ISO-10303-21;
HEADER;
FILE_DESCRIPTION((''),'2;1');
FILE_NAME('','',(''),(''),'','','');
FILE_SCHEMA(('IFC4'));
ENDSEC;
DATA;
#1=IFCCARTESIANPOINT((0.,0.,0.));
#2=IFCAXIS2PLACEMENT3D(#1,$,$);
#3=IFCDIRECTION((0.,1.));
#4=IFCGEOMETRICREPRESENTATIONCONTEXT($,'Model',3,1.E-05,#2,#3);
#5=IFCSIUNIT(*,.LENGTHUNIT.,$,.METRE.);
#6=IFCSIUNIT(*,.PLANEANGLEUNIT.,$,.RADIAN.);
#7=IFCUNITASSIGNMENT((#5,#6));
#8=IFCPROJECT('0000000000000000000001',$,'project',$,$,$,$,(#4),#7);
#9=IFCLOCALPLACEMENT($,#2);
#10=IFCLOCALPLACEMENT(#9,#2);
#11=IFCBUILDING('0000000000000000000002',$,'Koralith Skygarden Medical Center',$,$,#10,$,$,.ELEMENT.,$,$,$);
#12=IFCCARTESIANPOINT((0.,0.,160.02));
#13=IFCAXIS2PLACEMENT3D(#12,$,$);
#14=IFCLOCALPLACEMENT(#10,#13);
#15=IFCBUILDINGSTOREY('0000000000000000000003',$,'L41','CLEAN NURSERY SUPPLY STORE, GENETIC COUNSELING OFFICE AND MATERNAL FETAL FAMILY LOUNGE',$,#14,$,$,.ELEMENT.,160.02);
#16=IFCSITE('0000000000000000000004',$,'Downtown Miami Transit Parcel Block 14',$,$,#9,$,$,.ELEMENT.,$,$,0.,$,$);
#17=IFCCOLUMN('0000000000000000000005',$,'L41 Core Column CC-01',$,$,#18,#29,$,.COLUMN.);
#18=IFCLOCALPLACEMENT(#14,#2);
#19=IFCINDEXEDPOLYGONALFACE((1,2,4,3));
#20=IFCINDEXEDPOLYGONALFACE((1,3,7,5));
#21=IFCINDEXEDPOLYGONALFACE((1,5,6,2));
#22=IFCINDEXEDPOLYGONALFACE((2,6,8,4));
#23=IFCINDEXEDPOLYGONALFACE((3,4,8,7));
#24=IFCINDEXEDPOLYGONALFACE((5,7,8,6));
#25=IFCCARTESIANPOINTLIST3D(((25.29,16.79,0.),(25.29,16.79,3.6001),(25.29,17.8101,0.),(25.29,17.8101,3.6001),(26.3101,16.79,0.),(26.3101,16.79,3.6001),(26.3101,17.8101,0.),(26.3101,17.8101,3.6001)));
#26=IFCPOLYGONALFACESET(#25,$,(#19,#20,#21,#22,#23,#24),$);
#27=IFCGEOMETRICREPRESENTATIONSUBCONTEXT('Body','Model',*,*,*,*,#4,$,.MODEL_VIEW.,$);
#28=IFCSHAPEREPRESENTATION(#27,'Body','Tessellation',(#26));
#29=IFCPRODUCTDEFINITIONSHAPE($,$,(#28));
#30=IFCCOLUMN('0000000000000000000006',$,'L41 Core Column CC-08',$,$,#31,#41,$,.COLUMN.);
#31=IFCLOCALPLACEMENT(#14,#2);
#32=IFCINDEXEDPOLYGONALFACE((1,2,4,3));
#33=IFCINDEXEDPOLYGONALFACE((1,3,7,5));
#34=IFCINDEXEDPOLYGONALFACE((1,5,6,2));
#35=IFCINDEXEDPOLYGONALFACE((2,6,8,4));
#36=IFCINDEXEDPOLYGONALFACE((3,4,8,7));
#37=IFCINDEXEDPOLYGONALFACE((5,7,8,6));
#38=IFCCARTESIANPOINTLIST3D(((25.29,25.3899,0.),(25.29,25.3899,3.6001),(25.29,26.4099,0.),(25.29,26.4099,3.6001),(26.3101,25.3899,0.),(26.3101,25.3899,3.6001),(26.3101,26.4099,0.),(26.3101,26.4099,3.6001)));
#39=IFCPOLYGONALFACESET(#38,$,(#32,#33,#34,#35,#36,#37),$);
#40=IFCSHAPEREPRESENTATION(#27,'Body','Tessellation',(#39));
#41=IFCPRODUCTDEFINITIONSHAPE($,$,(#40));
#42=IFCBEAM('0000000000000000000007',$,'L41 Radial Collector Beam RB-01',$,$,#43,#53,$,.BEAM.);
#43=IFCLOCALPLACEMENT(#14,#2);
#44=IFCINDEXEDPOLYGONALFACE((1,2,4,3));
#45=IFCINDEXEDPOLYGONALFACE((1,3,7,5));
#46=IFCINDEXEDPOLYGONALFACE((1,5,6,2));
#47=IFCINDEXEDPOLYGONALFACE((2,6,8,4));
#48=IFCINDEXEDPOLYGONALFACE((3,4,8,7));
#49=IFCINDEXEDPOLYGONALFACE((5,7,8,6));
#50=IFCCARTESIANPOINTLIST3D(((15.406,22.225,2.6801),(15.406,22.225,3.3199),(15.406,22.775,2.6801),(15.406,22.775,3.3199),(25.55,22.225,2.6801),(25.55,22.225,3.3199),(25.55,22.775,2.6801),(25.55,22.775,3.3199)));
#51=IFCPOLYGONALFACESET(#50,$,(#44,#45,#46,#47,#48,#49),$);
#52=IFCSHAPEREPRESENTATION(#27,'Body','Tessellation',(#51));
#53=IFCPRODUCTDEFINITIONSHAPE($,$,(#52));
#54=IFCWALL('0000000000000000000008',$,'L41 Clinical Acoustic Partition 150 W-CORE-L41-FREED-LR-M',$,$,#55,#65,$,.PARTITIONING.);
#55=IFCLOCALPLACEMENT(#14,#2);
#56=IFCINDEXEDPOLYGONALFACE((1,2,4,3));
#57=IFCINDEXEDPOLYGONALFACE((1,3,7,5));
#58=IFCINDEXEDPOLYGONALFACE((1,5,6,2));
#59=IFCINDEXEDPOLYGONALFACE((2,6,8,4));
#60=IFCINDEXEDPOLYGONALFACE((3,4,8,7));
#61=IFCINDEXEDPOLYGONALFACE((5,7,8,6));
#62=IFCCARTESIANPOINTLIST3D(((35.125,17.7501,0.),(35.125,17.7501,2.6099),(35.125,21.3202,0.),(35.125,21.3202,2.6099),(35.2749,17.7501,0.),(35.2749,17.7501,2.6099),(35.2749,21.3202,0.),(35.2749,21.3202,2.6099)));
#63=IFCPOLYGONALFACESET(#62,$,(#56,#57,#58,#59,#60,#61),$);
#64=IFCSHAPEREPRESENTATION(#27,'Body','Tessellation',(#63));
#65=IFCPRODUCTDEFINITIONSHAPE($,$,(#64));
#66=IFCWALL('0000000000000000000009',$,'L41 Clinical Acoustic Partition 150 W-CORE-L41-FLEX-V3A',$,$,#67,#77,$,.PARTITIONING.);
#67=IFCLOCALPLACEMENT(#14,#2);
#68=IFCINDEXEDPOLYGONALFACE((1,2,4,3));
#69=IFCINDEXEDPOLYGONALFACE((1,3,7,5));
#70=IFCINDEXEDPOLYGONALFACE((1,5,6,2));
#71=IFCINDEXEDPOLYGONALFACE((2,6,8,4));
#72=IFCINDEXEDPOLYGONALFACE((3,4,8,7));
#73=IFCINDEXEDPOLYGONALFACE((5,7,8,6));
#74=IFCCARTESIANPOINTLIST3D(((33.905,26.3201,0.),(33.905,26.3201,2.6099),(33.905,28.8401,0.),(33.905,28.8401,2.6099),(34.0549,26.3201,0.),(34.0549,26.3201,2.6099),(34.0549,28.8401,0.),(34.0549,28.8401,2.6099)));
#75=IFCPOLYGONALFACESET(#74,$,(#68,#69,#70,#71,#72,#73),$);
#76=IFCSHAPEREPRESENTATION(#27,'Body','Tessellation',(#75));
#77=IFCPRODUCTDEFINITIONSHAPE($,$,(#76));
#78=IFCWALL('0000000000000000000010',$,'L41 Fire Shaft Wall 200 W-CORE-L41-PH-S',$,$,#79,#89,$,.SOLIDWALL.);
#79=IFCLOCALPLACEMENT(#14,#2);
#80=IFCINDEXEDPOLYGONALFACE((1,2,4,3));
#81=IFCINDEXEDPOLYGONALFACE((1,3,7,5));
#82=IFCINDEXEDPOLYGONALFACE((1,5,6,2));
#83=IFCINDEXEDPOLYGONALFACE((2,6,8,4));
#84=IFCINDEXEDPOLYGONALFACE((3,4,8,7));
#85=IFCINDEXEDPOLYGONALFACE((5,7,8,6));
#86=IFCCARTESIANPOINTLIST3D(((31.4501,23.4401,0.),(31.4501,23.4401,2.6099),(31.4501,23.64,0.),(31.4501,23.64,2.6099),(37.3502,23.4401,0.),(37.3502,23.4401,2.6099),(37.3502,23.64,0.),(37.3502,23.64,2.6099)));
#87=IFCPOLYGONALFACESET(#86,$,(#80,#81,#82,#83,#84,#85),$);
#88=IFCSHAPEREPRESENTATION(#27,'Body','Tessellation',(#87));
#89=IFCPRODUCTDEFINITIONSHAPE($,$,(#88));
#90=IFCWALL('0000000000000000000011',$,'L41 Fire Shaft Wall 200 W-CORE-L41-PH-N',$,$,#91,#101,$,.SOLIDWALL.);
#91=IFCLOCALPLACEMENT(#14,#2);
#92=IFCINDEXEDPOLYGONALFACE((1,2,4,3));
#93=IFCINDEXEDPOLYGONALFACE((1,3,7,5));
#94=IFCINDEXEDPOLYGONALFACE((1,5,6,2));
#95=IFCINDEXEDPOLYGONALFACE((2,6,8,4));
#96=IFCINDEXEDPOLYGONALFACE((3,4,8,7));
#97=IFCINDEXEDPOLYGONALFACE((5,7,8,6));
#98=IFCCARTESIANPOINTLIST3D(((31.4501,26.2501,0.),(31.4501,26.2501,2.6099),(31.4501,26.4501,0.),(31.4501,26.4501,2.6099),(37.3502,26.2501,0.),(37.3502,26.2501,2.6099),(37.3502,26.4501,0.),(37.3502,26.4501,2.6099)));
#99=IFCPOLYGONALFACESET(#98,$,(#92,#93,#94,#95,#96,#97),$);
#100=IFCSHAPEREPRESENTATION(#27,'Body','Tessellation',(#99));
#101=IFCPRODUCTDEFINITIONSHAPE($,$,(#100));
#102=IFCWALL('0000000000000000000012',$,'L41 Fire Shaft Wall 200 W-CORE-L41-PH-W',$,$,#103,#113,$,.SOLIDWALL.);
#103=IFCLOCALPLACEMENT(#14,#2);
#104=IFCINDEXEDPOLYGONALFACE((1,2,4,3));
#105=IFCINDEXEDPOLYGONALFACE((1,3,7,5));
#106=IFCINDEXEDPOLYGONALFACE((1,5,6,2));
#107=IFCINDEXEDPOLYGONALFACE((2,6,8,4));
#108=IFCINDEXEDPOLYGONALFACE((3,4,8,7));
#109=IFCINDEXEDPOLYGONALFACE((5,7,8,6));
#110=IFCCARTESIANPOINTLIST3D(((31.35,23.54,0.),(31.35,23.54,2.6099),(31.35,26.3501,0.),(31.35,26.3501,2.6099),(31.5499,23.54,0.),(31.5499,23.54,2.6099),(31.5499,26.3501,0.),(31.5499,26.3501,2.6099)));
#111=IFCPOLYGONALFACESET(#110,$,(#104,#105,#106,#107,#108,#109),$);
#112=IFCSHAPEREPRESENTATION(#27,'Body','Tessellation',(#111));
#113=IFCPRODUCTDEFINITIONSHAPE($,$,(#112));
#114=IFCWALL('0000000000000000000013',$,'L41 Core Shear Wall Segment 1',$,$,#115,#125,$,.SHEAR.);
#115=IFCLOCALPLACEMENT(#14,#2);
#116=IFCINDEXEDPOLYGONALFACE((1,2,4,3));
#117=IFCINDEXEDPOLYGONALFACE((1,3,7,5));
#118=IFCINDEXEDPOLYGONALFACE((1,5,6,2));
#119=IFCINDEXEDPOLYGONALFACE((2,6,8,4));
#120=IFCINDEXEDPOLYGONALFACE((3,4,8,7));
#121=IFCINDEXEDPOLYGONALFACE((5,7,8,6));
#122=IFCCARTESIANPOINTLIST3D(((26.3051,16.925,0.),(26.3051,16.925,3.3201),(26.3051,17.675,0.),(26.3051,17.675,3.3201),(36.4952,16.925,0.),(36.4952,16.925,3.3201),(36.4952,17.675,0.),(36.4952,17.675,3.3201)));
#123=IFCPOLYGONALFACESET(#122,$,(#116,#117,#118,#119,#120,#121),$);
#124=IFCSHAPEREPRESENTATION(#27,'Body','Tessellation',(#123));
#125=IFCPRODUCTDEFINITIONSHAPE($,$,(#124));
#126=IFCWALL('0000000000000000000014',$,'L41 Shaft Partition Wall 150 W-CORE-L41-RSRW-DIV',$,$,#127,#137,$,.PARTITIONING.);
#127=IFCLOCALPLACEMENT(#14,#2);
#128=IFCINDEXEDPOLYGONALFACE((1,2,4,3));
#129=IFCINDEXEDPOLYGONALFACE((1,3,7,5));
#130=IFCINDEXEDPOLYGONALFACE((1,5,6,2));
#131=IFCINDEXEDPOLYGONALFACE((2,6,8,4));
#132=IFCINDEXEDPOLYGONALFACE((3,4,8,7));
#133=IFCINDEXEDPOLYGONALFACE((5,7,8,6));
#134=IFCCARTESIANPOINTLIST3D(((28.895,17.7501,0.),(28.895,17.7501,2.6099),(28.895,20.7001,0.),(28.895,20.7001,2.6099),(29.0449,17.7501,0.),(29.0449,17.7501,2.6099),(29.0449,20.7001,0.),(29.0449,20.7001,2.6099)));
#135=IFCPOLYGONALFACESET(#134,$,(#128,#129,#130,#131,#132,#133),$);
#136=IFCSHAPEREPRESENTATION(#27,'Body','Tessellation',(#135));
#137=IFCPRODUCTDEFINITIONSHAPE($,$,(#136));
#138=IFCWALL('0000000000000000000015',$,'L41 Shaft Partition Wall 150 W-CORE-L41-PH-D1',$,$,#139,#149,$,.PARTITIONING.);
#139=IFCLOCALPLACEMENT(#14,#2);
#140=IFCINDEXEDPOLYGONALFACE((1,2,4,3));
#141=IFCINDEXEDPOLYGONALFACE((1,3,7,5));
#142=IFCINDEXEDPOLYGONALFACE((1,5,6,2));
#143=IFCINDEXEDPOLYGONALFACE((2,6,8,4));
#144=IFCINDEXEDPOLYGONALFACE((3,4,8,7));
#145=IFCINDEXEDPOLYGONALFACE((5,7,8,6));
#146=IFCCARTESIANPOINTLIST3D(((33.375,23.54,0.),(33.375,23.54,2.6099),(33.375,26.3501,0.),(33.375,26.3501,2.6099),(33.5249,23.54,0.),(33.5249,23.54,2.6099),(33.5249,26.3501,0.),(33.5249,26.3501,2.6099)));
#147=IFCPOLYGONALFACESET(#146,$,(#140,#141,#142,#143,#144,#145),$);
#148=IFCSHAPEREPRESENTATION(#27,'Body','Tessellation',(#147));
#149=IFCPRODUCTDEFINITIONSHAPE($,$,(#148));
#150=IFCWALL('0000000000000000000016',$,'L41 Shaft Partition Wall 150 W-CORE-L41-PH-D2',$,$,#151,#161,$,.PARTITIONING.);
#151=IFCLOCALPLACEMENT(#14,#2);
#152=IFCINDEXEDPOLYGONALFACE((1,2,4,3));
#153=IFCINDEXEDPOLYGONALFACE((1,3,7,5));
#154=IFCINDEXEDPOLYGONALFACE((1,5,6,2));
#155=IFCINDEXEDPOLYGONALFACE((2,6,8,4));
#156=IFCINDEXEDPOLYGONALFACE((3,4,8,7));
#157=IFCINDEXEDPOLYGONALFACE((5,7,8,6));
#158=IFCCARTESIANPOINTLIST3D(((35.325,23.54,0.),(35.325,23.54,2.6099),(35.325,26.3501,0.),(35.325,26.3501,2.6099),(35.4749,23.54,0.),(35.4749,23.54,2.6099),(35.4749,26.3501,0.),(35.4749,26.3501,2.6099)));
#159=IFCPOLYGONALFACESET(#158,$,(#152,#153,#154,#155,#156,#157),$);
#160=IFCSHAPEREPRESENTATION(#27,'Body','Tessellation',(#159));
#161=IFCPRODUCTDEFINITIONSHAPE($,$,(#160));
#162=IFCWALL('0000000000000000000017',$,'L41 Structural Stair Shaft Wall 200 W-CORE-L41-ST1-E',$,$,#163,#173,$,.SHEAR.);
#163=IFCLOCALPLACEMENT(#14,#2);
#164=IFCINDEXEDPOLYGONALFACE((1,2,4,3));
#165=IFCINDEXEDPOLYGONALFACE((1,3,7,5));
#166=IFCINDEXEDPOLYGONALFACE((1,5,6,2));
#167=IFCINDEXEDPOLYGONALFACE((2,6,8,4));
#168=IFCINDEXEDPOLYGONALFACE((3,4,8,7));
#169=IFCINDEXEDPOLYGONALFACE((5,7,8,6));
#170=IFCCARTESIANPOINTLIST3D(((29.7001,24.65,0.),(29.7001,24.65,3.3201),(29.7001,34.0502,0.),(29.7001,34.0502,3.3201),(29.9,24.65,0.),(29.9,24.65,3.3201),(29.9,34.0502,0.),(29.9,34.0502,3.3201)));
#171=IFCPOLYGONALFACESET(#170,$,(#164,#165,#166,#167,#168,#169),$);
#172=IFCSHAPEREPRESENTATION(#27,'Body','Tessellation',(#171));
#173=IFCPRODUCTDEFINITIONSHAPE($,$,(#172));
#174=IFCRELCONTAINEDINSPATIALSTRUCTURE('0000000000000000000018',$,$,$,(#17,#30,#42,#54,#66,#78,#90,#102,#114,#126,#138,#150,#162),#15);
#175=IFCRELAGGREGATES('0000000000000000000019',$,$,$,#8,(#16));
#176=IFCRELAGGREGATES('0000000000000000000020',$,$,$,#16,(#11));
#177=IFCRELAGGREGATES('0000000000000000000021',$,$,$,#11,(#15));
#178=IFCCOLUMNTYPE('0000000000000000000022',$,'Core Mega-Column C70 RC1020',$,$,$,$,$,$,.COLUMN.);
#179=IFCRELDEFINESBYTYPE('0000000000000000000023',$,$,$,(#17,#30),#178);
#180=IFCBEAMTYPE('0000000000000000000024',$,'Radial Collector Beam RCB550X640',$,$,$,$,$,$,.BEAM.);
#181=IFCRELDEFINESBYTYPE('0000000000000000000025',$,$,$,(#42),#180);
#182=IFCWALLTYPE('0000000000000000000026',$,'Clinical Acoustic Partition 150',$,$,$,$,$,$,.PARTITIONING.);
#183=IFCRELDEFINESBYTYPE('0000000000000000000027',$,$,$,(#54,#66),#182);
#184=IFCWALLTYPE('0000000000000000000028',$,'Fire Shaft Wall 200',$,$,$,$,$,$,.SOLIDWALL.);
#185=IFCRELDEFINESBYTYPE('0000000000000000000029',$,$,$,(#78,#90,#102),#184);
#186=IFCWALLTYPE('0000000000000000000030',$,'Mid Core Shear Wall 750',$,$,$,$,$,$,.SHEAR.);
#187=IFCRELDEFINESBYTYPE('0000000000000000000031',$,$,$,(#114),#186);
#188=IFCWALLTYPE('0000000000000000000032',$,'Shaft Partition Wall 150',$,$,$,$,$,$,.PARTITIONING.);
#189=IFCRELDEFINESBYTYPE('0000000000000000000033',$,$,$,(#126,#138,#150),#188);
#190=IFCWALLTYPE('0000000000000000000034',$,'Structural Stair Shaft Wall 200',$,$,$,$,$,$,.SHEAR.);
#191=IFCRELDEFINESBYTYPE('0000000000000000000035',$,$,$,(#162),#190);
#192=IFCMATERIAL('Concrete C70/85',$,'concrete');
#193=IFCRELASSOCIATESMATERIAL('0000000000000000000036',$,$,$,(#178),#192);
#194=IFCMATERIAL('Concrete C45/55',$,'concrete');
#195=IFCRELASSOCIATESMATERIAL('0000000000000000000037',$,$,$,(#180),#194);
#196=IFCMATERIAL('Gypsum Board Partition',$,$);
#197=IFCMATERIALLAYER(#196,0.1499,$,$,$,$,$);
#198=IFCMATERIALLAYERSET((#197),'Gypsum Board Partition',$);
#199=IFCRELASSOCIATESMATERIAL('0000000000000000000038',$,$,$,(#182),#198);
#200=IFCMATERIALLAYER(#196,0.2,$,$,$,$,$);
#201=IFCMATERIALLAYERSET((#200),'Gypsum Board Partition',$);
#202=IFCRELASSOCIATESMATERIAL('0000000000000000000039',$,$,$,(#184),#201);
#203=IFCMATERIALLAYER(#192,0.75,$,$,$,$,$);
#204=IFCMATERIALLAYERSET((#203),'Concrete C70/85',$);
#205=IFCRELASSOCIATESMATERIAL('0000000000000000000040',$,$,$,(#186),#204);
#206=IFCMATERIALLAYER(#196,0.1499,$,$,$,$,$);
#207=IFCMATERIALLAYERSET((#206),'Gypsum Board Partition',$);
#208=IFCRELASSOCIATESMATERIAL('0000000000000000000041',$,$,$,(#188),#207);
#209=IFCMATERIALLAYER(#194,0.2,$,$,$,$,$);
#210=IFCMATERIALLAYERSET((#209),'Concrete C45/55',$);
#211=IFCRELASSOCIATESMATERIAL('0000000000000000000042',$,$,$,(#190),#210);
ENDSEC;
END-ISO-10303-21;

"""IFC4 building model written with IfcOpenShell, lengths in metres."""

from ifc_helpers import new_model, si_unit, direction, frame, frame_2d, origin, origin_2d, place, context, subcontext, project, spatial, rectangle, extrude, material, layer, layer_set, material_profile, profile_set, type_object, element, save


model = new_model("IFC4")

# Units and contexts
model_context = context("Model", 3, precision=1e-05, world=origin(), true_north=direction((0.0, 1.0)))
body_context = subcontext(model_context, "Body", "Model", "MODEL_VIEW")
ifc_project = project(units=[si_unit("LENGTHUNIT", "METRE"), si_unit("PLANEANGLEUNIT", "RADIAN")], contexts=[model_context])

# Site, building, storey
site_placement = place(None, origin())
site = spatial("IfcSite", under=ifc_project, at=site_placement, Name="Downtown Miami Transit Parcel Block 14", CompositionType="ELEMENT", RefElevation=0.0)
building_placement = place(site_placement, origin())
building = spatial("IfcBuilding", under=site, at=building_placement, Name="Koralith Skygarden Medical Center", CompositionType="ELEMENT")
storey_placement = place(building_placement, frame((0.0, 0.0, 160.02)))
storey = spatial("IfcBuildingStorey", under=building, at=storey_placement, Name="L41", Description="CLEAN NURSERY SUPPLY STORE, GENETIC COUNSELING OFFICE AND MATERNAL FETAL FAMILY LOUNGE", CompositionType="ELEMENT", Elevation=160.02)

# Columns
ifc_material_1 = material(Name="Concrete C70/85", Category="concrete")
ifc_material_profile_1 = material_profile(ifc_material_1, rectangle(XDim=1.02, YDim=1.02, at=origin_2d()), Name="RC1020X1020")
ifc_profile_set_1 = profile_set([ifc_material_profile_1], Name="Concrete C70/85")
column_type = type_object("IfcColumnType", Name="Core Mega-Column C70 RC1020", PredefinedType="COLUMN", material=ifc_profile_set_1)
for number, where, z_axis, x_axis, name in (
    (1, (25.8, 17.3, 0.0), (0.0, 0.0, 1.0), (1.0, 0.0, 0.0), "L41 Core Column CC-01"),
    (2, (25.8, 25.8999, 0.0), (0.0, 0.0, 1.0), (1.0, 0.0, 0.0), "L41 Core Column CC-08"),
):
    element("IfcColumn", number, at=place(storey_placement, frame(where, z_axis=z_axis, x_axis=x_axis)), inside=storey, type_object=column_type, Name=name, PredefinedType="COLUMN", context=body_context, shape_type="SweptSolid", body=[
        extrude(rectangle(XDim=1.02, YDim=1.02, at=origin_2d()), origin(), (0.0, 0.0, 1.0), 3.6001),
    ])

# Beam
ifc_material_2 = material(Name="Concrete C45/55", Category="concrete")
ifc_material_profile_2 = material_profile(ifc_material_2, rectangle(XDim=0.55, YDim=0.6399, at=origin_2d()), Name="RCB550X640")
ifc_profile_set_2 = profile_set([ifc_material_profile_2], Name="Concrete C45/55")
beam_type = type_object("IfcBeamType", Name="Radial Collector Beam RCB550X640", PredefinedType="BEAM", material=ifc_profile_set_2)
beam_placement = place(storey_placement, frame((25.55, 22.5, 3.0), z_axis=(-1.0, 0.0, 0.0), x_axis=(0.0, -1.0, 0.0)))
element("IfcBeam", 3, at=beam_placement, inside=storey, type_object=beam_type, Name="L41 Radial Collector Beam RB-01", PredefinedType="BEAM", context=body_context, shape_type="SweptSolid", body=[
    extrude(rectangle(XDim=0.55, YDim=0.6399, at=origin_2d()), origin(), (0.0, 0.0, 1.0), 10.144),
])

# Shared definitions
ifc_material_3 = material(Name="Gypsum Board Partition")
ifc_layer_1 = layer(ifc_material_3, 0.1499)
ifc_layer_set_1 = layer_set([ifc_layer_1], Name="Gypsum Board Partition")
wall_type_1 = type_object("IfcWallType", Name="Clinical Acoustic Partition 150", PredefinedType="PARTITIONING", material=ifc_layer_set_1)

# Walls
wall_1_placement = place(storey_placement, frame((35.2, 17.75, 0.0), z_axis=(0.0, 0.0, 1.0), x_axis=(0.0, 1.0, 0.0)))
element("IfcWall", 4, at=wall_1_placement, inside=storey, type_object=wall_type_1, Name="L41 Clinical Acoustic Partition 150 W-CORE-L41-FREED-LR-M", PredefinedType="PARTITIONING", context=body_context, shape_type="SweptSolid", body=[
    extrude(rectangle(XDim=3.5701, YDim=0.1499, at=frame_2d((1.7852, 0.0))), origin(), (0.0, 0.0, 1.0), 2.6099),
])
wall_2_placement = place(storey_placement, frame((33.98, 26.3201, 0.0), z_axis=(0.0, 0.0, 1.0), x_axis=(0.0, 1.0, 0.0)))
element("IfcWall", 5, at=wall_2_placement, inside=storey, type_object=wall_type_1, Name="L41 Clinical Acoustic Partition 150 W-CORE-L41-FLEX-V3A", PredefinedType="PARTITIONING", context=body_context, shape_type="SweptSolid", body=[
    extrude(rectangle(XDim=2.52, YDim=0.1499, at=frame_2d((1.26, 0.0))), origin(), (0.0, 0.0, 1.0), 2.6099),
])

# Shared definitions
ifc_layer_2 = layer(ifc_material_3, 0.2)
ifc_layer_set_2 = layer_set([ifc_layer_2], Name="Gypsum Board Partition")
wall_type_2 = type_object("IfcWallType", Name="Fire Shaft Wall 200", PredefinedType="SOLIDWALL", material=ifc_layer_set_2)

# Walls
for number, where, z_axis, x_axis, name in (
    (6, (31.45, 23.54, 0.0), (0.0, 0.0, 1.0), (1.0, 0.0, 0.0), "L41 Fire Shaft Wall 200 W-CORE-L41-PH-S"),
    (7, (31.45, 26.3501, 0.0), (0.0, 0.0, 1.0), (1.0, 0.0, 0.0), "L41 Fire Shaft Wall 200 W-CORE-L41-PH-N"),
):
    element("IfcWall", number, at=place(storey_placement, frame(where, z_axis=z_axis, x_axis=x_axis)), inside=storey, type_object=wall_type_2, Name=name, PredefinedType="SOLIDWALL", context=body_context, shape_type="SweptSolid", body=[
        extrude(rectangle(XDim=5.9001, YDim=0.2, at=frame_2d((2.9502, 0.0))), origin(), (0.0, 0.0, 1.0), 2.6099),
    ])
wall_3_placement = place(storey_placement, frame((31.45, 23.54, 0.0), z_axis=(0.0, 0.0, 1.0), x_axis=(0.0, 1.0, 0.0)))
element("IfcWall", 8, at=wall_3_placement, inside=storey, type_object=wall_type_2, Name="L41 Fire Shaft Wall 200 W-CORE-L41-PH-W", PredefinedType="SOLIDWALL", context=body_context, shape_type="SweptSolid", body=[
    extrude(rectangle(XDim=2.8101, YDim=0.2, at=frame_2d((1.405, 0.0))), origin(), (0.0, 0.0, 1.0), 2.6099),
])
ifc_layer_3 = layer(ifc_material_1, 0.75)
ifc_layer_set_3 = layer_set([ifc_layer_3], Name="Concrete C70/85")
wall_type_3 = type_object("IfcWallType", Name="Mid Core Shear Wall 750", PredefinedType="SHEAR", material=ifc_layer_set_3)
wall_4_placement = place(storey_placement, frame((26.3049, 17.3, 0.0), z_axis=(0.0, 0.0, 1.0), x_axis=(1.0, 0.0, 0.0)))
element("IfcWall", 9, at=wall_4_placement, inside=storey, type_object=wall_type_3, Name="L41 Core Shear Wall Segment 1", PredefinedType="SHEAR", context=body_context, shape_type="SweptSolid", body=[
    extrude(rectangle(XDim=10.1902, YDim=0.75, at=frame_2d((5.0952, 0.0))), origin(), (0.0, 0.0, 1.0), 3.3201),
])

# Walls
ifc_layer_4 = layer(ifc_material_3, 0.1499)
ifc_layer_set_4 = layer_set([ifc_layer_4], Name="Gypsum Board Partition")
wall_type_4 = type_object("IfcWallType", Name="Shaft Partition Wall 150", PredefinedType="PARTITIONING", material=ifc_layer_set_4)
wall_5_placement = place(storey_placement, frame((28.97, 17.75, 0.0), z_axis=(0.0, 0.0, 1.0), x_axis=(0.0, 1.0, 0.0)))
element("IfcWall", 10, at=wall_5_placement, inside=storey, type_object=wall_type_4, Name="L41 Shaft Partition Wall 150 W-CORE-L41-RSRW-DIV", PredefinedType="PARTITIONING", context=body_context, shape_type="SweptSolid", body=[
    extrude(rectangle(XDim=2.95, YDim=0.1499, at=frame_2d((1.4751, 0.0))), origin(), (0.0, 0.0, 1.0), 2.6099),
])
for number, where, z_axis, x_axis, name in (
    (11, (33.45, 23.54, 0.0), (0.0, 0.0, 1.0), (0.0, 1.0, 0.0), "L41 Shaft Partition Wall 150 W-CORE-L41-PH-D1"),
    (12, (35.3999, 23.54, 0.0), (0.0, 0.0, 1.0), (0.0, 1.0, 0.0), "L41 Shaft Partition Wall 150 W-CORE-L41-PH-D2"),
):
    element("IfcWall", number, at=place(storey_placement, frame(where, z_axis=z_axis, x_axis=x_axis)), inside=storey, type_object=wall_type_4, Name=name, PredefinedType="PARTITIONING", context=body_context, shape_type="SweptSolid", body=[
        extrude(rectangle(XDim=2.8101, YDim=0.1499, at=frame_2d((1.405, 0.0))), origin(), (0.0, 0.0, 1.0), 2.6099),
    ])
ifc_layer_5 = layer(ifc_material_2, 0.2)
ifc_layer_set_5 = layer_set([ifc_layer_5], Name="Concrete C45/55")
wall_type_5 = type_object("IfcWallType", Name="Structural Stair Shaft Wall 200", PredefinedType="SHEAR", material=ifc_layer_set_5)
wall_6_placement = place(storey_placement, frame((29.8, 24.6499, 0.0), z_axis=(0.0, 0.0, 1.0), x_axis=(0.0, 1.0, 0.0)))
element("IfcWall", 13, at=wall_6_placement, inside=storey, type_object=wall_type_5, Name="L41 Structural Stair Shaft Wall 200 W-CORE-L41-ST1-E", PredefinedType="SHEAR", context=body_context, shape_type="SweptSolid", body=[
    extrude(rectangle(XDim=9.4001, YDim=0.2, at=frame_2d((4.7002, 0.0))), origin(), (0.0, 0.0, 1.0), 3.3201),
])

save(model, "model.ifc")
